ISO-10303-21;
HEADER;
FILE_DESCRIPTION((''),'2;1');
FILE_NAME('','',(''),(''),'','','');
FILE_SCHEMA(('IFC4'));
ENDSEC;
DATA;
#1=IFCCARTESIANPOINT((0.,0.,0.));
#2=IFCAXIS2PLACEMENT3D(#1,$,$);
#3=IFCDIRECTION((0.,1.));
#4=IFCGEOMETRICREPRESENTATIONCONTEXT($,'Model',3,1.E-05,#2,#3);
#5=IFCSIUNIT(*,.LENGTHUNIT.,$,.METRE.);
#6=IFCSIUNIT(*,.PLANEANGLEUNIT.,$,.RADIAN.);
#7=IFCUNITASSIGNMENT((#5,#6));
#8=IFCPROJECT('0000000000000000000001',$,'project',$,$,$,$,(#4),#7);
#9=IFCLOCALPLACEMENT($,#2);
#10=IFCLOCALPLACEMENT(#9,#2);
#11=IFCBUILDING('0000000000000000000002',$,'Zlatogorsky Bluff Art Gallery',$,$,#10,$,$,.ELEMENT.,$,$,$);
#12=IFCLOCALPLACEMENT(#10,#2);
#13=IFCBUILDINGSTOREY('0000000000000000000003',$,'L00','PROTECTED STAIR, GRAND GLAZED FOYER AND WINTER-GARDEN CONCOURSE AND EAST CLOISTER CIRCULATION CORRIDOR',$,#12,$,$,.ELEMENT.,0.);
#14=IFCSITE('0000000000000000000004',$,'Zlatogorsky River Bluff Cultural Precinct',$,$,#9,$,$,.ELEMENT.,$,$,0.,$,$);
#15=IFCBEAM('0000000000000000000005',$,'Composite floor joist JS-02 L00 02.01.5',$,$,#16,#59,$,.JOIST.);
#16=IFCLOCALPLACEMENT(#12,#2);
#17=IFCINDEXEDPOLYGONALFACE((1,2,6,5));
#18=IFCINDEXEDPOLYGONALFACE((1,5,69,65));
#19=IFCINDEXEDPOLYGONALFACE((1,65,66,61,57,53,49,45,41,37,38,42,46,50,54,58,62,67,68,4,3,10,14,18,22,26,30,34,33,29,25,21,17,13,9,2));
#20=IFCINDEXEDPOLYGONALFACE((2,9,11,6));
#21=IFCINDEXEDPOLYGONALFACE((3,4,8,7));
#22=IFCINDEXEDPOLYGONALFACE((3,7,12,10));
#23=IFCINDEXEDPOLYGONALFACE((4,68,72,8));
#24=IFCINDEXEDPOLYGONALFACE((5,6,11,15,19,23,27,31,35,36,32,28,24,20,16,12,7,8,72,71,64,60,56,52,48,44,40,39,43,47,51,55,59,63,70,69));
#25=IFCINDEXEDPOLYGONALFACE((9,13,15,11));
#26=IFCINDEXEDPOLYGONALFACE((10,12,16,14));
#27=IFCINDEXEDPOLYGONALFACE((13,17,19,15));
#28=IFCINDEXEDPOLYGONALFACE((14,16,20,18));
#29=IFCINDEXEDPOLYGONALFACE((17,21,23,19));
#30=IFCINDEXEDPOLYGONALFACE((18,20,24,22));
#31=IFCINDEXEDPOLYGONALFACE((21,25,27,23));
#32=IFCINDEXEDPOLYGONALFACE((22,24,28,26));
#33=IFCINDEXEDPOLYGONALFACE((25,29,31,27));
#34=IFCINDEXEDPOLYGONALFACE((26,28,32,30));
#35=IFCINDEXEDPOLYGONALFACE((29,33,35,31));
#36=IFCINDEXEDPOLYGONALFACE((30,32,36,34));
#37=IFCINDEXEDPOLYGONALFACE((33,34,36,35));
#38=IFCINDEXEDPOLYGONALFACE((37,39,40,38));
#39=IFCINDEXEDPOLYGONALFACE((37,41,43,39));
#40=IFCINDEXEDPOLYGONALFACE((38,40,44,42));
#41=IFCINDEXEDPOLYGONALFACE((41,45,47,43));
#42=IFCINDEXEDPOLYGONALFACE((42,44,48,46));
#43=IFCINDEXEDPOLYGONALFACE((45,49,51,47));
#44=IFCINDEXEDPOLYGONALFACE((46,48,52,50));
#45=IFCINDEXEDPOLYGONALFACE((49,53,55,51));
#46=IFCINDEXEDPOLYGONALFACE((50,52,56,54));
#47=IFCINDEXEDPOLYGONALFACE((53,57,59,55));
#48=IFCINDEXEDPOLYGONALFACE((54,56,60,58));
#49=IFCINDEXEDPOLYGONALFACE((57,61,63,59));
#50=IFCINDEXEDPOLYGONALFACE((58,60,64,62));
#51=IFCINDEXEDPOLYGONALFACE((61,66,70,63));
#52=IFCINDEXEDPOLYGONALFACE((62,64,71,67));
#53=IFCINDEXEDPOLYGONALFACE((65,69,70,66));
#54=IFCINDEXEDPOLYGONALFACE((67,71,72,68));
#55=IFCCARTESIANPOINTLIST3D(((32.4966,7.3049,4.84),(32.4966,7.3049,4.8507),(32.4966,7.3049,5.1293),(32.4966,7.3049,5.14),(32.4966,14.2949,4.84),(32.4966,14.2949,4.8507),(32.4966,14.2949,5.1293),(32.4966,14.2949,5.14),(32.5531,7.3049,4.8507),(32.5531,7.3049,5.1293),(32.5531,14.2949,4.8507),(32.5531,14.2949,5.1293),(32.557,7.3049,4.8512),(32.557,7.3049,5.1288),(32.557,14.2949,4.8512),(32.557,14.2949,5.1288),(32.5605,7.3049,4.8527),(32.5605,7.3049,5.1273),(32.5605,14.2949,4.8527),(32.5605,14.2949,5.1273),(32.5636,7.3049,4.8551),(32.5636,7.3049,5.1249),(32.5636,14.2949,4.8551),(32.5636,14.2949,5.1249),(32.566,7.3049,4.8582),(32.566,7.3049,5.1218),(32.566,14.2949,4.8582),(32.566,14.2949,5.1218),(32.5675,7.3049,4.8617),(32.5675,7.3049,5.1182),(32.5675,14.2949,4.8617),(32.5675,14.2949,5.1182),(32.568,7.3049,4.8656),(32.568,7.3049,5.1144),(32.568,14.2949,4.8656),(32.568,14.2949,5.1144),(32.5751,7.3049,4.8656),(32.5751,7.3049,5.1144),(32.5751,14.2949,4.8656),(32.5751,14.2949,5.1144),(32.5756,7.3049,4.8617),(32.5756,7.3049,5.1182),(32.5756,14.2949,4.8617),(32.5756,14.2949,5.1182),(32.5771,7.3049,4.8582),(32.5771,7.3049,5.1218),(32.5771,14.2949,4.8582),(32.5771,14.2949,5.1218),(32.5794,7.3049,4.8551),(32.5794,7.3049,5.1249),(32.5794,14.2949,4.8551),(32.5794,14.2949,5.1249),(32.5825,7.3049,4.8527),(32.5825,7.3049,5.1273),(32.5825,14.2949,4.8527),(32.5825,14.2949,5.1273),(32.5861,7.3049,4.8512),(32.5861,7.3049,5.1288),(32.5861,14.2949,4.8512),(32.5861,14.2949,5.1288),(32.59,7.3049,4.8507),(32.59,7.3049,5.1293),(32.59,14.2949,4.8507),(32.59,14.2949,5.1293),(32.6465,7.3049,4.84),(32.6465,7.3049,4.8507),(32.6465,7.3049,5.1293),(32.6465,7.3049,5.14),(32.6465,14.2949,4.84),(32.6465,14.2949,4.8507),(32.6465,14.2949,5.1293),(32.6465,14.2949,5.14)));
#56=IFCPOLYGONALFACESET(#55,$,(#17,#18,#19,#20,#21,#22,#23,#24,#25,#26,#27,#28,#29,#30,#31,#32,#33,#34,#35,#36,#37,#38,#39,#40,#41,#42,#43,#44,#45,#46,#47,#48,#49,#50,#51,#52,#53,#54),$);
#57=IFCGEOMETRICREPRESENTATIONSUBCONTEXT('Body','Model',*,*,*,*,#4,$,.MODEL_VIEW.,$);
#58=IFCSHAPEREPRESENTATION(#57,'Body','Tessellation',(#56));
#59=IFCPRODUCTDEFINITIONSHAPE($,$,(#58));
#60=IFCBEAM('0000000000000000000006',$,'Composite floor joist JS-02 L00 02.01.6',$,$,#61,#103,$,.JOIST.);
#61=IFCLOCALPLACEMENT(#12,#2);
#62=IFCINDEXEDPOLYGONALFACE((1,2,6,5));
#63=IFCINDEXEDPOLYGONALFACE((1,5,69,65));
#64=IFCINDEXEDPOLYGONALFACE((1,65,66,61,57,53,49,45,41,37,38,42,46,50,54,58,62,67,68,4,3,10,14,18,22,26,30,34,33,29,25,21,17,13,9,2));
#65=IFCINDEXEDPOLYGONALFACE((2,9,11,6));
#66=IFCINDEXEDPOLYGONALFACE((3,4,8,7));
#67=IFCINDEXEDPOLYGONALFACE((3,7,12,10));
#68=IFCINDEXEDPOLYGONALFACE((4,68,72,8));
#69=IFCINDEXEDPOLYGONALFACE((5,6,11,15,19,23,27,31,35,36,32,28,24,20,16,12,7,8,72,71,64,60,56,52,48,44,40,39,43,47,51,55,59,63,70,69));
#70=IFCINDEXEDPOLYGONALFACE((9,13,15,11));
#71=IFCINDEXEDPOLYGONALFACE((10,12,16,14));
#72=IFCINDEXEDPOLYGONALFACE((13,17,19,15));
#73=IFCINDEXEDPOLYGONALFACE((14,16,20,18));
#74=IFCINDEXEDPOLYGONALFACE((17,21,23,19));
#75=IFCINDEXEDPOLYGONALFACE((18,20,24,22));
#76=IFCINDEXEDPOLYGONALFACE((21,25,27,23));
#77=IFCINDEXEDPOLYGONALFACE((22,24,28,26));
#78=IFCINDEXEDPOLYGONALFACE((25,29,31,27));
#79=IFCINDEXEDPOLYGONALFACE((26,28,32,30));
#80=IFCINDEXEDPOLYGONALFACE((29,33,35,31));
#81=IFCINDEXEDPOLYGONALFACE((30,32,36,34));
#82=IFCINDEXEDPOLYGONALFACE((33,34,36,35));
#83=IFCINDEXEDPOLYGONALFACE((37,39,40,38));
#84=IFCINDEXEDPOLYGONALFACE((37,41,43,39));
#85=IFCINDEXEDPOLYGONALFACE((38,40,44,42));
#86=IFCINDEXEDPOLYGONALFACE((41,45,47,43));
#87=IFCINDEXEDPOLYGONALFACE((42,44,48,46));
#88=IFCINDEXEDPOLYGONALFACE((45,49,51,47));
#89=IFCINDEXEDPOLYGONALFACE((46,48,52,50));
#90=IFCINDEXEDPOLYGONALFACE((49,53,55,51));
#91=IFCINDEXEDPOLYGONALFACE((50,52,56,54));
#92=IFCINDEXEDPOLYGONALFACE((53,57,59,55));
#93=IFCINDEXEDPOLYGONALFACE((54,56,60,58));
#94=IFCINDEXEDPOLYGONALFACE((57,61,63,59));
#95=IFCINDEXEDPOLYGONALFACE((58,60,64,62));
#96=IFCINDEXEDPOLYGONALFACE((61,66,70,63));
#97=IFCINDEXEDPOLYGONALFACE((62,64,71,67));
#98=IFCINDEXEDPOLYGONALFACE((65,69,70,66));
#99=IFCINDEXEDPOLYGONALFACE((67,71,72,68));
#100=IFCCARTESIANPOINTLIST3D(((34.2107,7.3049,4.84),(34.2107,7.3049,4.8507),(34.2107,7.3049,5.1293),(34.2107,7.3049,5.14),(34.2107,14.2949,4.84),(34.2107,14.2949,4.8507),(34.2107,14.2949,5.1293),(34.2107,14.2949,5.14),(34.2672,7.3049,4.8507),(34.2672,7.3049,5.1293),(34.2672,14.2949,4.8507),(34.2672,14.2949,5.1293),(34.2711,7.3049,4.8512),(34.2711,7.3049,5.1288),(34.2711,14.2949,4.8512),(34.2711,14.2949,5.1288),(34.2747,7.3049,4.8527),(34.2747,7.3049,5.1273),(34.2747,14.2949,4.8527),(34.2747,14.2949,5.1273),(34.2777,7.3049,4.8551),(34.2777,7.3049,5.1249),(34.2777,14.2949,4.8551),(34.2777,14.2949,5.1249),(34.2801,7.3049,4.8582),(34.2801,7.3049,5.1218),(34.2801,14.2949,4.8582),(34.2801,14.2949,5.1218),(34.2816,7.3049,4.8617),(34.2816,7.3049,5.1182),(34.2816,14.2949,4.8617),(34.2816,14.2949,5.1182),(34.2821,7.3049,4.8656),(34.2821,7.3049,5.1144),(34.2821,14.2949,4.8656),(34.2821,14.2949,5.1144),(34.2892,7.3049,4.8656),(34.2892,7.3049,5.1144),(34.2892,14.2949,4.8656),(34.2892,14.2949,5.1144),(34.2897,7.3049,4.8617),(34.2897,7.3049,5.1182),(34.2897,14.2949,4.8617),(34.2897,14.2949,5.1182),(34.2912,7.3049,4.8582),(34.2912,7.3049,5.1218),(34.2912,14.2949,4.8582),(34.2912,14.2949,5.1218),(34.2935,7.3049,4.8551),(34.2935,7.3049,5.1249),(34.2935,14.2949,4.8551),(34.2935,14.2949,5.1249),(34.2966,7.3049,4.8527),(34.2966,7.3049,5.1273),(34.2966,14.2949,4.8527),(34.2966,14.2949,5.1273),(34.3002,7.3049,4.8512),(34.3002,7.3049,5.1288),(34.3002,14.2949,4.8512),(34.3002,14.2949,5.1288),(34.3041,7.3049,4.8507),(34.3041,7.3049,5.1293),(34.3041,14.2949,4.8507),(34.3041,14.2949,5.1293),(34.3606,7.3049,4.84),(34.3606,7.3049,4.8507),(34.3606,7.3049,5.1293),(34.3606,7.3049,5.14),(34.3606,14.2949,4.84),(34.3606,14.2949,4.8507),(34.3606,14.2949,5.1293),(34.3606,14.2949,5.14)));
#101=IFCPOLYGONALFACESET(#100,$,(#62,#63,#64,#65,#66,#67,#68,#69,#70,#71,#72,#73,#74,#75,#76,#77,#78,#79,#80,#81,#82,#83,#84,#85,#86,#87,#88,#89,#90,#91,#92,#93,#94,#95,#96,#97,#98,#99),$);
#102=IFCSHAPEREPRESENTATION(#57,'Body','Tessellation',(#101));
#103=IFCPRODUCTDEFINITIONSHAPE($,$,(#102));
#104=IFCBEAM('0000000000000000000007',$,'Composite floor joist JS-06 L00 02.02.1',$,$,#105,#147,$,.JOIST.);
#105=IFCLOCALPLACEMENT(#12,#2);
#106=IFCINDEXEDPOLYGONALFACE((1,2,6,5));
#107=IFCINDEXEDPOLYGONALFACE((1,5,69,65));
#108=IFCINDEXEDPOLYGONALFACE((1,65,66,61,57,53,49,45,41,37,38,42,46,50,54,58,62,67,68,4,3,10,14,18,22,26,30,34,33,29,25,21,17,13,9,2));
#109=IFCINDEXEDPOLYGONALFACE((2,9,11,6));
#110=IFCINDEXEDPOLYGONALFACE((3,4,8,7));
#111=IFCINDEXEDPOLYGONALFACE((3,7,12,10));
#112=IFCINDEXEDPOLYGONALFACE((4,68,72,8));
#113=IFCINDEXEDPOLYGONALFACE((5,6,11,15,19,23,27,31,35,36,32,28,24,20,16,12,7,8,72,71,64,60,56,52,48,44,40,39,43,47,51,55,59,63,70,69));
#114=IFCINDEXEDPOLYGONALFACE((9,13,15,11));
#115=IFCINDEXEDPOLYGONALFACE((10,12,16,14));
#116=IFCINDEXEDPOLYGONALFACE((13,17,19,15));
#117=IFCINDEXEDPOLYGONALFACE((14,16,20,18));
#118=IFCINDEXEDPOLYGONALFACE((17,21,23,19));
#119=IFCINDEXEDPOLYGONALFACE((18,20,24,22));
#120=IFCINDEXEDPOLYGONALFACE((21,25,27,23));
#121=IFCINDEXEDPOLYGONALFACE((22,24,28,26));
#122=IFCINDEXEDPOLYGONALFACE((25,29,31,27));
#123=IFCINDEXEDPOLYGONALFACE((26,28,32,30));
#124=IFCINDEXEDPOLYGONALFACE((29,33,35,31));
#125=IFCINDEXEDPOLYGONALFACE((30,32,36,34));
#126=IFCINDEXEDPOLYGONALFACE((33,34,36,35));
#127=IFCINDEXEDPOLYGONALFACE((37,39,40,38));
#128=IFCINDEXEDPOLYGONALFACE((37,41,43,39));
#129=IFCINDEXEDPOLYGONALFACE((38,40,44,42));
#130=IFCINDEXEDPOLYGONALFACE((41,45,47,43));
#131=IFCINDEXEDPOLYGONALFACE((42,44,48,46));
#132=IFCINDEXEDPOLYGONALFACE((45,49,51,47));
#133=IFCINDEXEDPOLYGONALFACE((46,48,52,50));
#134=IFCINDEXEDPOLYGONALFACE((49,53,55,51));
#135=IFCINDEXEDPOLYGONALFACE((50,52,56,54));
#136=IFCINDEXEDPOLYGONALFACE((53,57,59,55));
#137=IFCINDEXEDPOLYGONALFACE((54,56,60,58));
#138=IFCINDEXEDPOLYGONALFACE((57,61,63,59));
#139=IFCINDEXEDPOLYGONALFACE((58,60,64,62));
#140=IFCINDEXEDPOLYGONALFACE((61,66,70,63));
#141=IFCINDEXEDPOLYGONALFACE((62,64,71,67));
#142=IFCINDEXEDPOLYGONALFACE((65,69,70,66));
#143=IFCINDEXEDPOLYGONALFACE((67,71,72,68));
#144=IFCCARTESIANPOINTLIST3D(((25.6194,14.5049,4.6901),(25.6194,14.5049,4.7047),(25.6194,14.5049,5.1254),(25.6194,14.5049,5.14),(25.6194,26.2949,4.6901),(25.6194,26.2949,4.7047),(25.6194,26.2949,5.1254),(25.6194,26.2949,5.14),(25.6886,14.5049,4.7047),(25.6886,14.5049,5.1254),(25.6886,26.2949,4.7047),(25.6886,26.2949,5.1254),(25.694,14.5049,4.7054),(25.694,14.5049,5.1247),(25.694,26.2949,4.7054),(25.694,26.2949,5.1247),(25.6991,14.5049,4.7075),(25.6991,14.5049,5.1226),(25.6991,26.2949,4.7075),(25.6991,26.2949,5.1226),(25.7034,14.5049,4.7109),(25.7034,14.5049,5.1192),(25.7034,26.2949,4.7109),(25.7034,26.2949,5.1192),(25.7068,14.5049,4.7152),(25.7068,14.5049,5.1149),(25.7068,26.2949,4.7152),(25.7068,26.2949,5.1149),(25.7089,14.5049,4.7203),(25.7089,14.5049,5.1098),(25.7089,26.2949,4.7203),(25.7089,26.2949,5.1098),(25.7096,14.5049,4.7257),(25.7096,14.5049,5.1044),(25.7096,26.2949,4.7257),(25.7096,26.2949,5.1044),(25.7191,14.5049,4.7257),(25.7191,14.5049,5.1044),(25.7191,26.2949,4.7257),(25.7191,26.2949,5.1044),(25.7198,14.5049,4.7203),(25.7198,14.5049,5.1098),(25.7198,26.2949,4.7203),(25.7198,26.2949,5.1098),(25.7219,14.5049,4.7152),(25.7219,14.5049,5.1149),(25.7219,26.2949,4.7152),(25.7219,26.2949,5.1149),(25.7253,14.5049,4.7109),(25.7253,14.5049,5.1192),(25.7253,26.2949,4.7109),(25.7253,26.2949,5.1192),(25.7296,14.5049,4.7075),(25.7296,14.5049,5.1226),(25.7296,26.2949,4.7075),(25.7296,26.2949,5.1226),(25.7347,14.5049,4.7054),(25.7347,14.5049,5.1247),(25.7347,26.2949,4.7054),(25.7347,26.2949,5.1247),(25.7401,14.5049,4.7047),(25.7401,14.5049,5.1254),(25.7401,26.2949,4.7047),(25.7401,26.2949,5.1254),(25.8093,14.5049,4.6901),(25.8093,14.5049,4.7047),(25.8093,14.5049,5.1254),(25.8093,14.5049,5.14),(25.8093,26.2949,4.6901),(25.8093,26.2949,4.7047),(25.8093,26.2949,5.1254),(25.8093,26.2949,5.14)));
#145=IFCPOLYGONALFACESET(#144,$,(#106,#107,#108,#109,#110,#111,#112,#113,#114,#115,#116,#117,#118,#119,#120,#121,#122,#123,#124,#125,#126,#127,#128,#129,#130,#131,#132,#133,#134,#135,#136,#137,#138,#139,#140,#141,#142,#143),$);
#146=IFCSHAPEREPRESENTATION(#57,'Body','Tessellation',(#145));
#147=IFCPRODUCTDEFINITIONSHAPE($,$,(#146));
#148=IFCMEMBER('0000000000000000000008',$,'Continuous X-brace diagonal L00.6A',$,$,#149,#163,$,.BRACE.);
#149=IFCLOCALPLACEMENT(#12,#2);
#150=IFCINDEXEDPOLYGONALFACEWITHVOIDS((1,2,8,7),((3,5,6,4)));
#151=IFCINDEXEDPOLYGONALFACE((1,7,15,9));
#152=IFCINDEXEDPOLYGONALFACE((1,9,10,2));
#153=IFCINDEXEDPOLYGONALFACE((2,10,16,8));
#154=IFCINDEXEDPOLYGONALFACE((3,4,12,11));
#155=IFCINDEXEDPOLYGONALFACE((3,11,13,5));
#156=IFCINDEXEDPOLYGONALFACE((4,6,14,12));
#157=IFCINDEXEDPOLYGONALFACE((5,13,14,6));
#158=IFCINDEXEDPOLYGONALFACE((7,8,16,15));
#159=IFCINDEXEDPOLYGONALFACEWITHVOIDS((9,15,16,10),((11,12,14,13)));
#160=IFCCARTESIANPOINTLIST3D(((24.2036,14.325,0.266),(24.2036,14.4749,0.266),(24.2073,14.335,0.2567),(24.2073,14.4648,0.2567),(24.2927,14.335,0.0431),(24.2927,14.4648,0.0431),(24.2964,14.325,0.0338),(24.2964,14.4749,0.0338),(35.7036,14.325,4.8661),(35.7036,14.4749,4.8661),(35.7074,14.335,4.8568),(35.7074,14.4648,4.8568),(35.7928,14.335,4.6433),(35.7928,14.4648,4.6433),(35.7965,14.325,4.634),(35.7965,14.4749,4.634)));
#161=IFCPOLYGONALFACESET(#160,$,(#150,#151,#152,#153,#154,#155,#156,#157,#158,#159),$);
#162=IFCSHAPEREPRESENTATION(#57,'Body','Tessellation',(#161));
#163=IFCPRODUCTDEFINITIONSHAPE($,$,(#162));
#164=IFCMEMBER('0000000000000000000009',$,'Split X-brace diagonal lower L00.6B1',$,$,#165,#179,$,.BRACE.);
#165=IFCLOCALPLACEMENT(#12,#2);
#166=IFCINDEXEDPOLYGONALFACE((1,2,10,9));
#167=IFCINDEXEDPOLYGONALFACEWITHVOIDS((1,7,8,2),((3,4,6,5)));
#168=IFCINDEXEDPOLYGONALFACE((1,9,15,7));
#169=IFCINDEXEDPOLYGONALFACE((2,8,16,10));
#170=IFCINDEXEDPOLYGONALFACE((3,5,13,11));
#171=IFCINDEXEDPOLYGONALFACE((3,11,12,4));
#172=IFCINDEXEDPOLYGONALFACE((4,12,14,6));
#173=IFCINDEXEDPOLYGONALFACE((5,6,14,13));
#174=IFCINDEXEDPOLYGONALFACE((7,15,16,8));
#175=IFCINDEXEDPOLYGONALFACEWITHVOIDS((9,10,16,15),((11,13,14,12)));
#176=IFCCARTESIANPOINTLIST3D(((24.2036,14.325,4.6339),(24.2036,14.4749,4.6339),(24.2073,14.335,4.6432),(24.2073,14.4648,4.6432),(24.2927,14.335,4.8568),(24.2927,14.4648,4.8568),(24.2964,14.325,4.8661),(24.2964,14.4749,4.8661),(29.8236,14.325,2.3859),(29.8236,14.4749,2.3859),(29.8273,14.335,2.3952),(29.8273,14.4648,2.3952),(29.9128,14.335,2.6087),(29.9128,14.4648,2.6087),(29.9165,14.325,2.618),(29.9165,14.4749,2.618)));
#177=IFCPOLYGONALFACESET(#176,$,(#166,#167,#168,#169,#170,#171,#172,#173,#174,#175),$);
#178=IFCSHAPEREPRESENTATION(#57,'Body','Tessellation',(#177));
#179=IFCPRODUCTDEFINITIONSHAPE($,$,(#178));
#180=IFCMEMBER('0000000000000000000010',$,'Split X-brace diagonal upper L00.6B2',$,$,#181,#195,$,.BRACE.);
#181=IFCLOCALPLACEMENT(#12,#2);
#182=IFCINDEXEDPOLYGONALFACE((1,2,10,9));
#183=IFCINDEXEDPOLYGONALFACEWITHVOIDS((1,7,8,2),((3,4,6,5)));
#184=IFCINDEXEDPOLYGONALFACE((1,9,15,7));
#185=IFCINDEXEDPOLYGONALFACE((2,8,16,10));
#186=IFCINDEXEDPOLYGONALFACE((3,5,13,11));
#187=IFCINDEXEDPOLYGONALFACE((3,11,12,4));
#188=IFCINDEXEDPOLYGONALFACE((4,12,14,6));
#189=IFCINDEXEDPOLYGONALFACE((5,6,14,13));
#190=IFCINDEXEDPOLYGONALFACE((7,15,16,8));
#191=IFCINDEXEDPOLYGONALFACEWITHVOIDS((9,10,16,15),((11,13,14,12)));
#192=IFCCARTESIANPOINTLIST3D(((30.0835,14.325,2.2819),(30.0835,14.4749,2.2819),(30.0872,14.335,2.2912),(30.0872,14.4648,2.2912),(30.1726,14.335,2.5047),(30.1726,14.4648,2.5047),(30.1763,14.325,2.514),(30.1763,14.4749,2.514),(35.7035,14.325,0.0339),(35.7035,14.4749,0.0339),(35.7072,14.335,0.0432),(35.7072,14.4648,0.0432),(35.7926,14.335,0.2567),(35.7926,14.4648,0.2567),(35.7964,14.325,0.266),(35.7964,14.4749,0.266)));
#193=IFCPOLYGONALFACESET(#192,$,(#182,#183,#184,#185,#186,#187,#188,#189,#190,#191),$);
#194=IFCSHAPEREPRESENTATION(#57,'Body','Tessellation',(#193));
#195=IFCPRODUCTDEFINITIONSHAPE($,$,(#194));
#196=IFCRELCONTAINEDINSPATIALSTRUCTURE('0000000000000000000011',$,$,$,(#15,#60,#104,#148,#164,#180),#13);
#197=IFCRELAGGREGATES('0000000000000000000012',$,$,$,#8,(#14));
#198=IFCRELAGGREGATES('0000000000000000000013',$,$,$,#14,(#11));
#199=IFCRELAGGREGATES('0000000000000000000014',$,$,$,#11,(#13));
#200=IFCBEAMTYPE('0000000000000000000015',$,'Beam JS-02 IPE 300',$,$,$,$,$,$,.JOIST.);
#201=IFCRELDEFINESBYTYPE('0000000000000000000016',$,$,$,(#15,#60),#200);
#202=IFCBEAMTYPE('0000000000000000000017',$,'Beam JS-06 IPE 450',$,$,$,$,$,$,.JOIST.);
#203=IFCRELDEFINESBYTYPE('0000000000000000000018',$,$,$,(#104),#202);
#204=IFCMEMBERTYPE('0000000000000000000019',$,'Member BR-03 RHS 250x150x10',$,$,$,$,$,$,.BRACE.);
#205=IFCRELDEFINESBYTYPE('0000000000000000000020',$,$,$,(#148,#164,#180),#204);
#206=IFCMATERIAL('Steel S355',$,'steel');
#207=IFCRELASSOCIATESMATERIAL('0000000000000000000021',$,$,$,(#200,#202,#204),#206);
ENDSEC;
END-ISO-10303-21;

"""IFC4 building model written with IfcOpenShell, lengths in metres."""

from ifc_helpers import new_model, si_unit, direction, frame, origin, origin_2d, place, context, subcontext, project, spatial, hollow_rectangle, i_section, extrude, material, material_profile, profile_set, type_object, element, save


model = new_model("IFC4")

# Units and contexts
model_context = context("Model", 3, precision=1e-05, world=origin(), true_north=direction((0.0, 1.0)))
body_context = subcontext(model_context, "Body", "Model", "MODEL_VIEW")
ifc_project = project(units=[si_unit("LENGTHUNIT", "METRE"), si_unit("PLANEANGLEUNIT", "RADIAN")], contexts=[model_context])

# Site, building, storey
site_placement = place(None, origin())
site = spatial("IfcSite", under=ifc_project, at=site_placement, Name="Zlatogorsky River Bluff Cultural Precinct", CompositionType="ELEMENT", RefElevation=0.0)
building_placement = place(site_placement, origin())
building = spatial("IfcBuilding", under=site, at=building_placement, Name="Zlatogorsky Bluff Art Gallery", CompositionType="ELEMENT")
storey_placement = place(building_placement, origin())
storey = spatial("IfcBuildingStorey", under=building, at=storey_placement, Name="L00", Description="PROTECTED STAIR, GRAND GLAZED FOYER AND WINTER-GARDEN CONCOURSE AND EAST CLOISTER CIRCULATION CORRIDOR", CompositionType="ELEMENT", Elevation=0.0)

# Beams
ifc_material_1 = material(Name="Steel S355", Category="steel")
ifc_material_profile_1 = material_profile(ifc_material_1, i_section(OverallWidth=0.1499, OverallDepth=0.3, WebThickness=0.0071, FlangeThickness=0.0107, FilletRadius=0.0149, at=origin_2d()), Name="IPE 300")
ifc_profile_set_1 = profile_set([ifc_material_profile_1], Name="Steel S355")
beam_type_1 = type_object("IfcBeamType", Name="Beam JS-02 IPE 300", PredefinedType="JOIST", material=ifc_profile_set_1)
for number, where, z_axis, x_axis, name in (
    (1, (32.5715, 7.3049, 4.99), (0.0, 1.0, 0.0), (-1.0, 0.0, 0.0), "Composite floor joist JS-02 L00 02.01.5"),
    (2, (34.2856, 7.3049, 4.99), (0.0, 1.0, 0.0), (-1.0, 0.0, 0.0), "Composite floor joist JS-02 L00 02.01.6"),
):
    element("IfcBeam", number, at=place(storey_placement, frame(where, z_axis=z_axis, x_axis=x_axis)), inside=storey, type_object=beam_type_1, Name=name, PredefinedType="JOIST", context=body_context, shape_type="SweptSolid", body=[
        extrude(i_section(OverallWidth=0.1499, OverallDepth=0.3, WebThickness=0.0071, FlangeThickness=0.0107, FilletRadius=0.0149, at=origin_2d()), origin(), (0.0, 0.0, 1.0), 6.99),
    ])
ifc_material_profile_2 = material_profile(ifc_material_1, i_section(OverallWidth=0.1899, OverallDepth=0.45, WebThickness=0.0095, FlangeThickness=0.0146, FilletRadius=0.021, at=origin_2d()), Name="IPE 450")
ifc_profile_set_2 = profile_set([ifc_material_profile_2], Name="Steel S355")
beam_type_2 = type_object("IfcBeamType", Name="Beam JS-06 IPE 450", PredefinedType="JOIST", material=ifc_profile_set_2)
beam_1_placement = place(storey_placement, frame((25.7144, 14.5049, 4.915), z_axis=(0.0, 1.0, 0.0), x_axis=(-1.0, 0.0, 0.0)))
element("IfcBeam", 3, at=beam_1_placement, inside=storey, type_object=beam_type_2, Name="Composite floor joist JS-06 L00 02.02.1", PredefinedType="JOIST", context=body_context, shape_type="SweptSolid", body=[
    extrude(i_section(OverallWidth=0.1899, OverallDepth=0.45, WebThickness=0.0095, FlangeThickness=0.0146, FilletRadius=0.021, at=origin_2d()), origin(), (0.0, 0.0, 1.0), 11.79),
])

# Members
ifc_material_profile_3 = material_profile(ifc_material_1, hollow_rectangle(XDim=0.1499, YDim=0.25, WallThickness=0.01, at=origin_2d()), Name="RHS 250x150x10")
ifc_profile_set_3 = profile_set([ifc_material_profile_3], Name="Steel S355")
member_type = type_object("IfcMemberType", Name="Member BR-03 RHS 250x150x10", PredefinedType="BRACE", material=ifc_profile_set_3)
member_placement = place(storey_placement, frame((24.25, 14.3999, 0.1499), z_axis=(0.928474, 0.0, 0.371397), x_axis=(0.0, 1.0, 0.0)))
element("IfcMember", 4, at=member_placement, inside=storey, type_object=member_type, Name="Continuous X-brace diagonal L00.6A", PredefinedType="BRACE", context=body_context, shape_type="SweptSolid", body=[
    extrude(hollow_rectangle(XDim=0.1499, YDim=0.25, WallThickness=0.01, at=origin_2d()), origin(), (0.0, 0.0, 1.0), 12.386),
])
for number, where, z_axis, x_axis, name in (
    (5, (24.25, 14.3999, 4.75), (0.928477, 0.0, -0.371391), (0.0, 1.0, 0.0), "Split X-brace diagonal lower L00.6B1"),
    (6, (30.1299, 14.3999, 2.3979), (0.928477, 0.0, -0.371391), (0.0, 1.0, 0.0), "Split X-brace diagonal upper L00.6B2"),
):
    element("IfcMember", number, at=place(storey_placement, frame(where, z_axis=z_axis, x_axis=x_axis)), inside=storey, type_object=member_type, Name=name, PredefinedType="BRACE", context=body_context, shape_type="SweptSolid", body=[
        extrude(hollow_rectangle(XDim=0.1499, YDim=0.25, WallThickness=0.01, at=origin_2d()), origin(), (0.0, 0.0, 1.0), 6.053),
    ])

save(model, "model.ifc")
